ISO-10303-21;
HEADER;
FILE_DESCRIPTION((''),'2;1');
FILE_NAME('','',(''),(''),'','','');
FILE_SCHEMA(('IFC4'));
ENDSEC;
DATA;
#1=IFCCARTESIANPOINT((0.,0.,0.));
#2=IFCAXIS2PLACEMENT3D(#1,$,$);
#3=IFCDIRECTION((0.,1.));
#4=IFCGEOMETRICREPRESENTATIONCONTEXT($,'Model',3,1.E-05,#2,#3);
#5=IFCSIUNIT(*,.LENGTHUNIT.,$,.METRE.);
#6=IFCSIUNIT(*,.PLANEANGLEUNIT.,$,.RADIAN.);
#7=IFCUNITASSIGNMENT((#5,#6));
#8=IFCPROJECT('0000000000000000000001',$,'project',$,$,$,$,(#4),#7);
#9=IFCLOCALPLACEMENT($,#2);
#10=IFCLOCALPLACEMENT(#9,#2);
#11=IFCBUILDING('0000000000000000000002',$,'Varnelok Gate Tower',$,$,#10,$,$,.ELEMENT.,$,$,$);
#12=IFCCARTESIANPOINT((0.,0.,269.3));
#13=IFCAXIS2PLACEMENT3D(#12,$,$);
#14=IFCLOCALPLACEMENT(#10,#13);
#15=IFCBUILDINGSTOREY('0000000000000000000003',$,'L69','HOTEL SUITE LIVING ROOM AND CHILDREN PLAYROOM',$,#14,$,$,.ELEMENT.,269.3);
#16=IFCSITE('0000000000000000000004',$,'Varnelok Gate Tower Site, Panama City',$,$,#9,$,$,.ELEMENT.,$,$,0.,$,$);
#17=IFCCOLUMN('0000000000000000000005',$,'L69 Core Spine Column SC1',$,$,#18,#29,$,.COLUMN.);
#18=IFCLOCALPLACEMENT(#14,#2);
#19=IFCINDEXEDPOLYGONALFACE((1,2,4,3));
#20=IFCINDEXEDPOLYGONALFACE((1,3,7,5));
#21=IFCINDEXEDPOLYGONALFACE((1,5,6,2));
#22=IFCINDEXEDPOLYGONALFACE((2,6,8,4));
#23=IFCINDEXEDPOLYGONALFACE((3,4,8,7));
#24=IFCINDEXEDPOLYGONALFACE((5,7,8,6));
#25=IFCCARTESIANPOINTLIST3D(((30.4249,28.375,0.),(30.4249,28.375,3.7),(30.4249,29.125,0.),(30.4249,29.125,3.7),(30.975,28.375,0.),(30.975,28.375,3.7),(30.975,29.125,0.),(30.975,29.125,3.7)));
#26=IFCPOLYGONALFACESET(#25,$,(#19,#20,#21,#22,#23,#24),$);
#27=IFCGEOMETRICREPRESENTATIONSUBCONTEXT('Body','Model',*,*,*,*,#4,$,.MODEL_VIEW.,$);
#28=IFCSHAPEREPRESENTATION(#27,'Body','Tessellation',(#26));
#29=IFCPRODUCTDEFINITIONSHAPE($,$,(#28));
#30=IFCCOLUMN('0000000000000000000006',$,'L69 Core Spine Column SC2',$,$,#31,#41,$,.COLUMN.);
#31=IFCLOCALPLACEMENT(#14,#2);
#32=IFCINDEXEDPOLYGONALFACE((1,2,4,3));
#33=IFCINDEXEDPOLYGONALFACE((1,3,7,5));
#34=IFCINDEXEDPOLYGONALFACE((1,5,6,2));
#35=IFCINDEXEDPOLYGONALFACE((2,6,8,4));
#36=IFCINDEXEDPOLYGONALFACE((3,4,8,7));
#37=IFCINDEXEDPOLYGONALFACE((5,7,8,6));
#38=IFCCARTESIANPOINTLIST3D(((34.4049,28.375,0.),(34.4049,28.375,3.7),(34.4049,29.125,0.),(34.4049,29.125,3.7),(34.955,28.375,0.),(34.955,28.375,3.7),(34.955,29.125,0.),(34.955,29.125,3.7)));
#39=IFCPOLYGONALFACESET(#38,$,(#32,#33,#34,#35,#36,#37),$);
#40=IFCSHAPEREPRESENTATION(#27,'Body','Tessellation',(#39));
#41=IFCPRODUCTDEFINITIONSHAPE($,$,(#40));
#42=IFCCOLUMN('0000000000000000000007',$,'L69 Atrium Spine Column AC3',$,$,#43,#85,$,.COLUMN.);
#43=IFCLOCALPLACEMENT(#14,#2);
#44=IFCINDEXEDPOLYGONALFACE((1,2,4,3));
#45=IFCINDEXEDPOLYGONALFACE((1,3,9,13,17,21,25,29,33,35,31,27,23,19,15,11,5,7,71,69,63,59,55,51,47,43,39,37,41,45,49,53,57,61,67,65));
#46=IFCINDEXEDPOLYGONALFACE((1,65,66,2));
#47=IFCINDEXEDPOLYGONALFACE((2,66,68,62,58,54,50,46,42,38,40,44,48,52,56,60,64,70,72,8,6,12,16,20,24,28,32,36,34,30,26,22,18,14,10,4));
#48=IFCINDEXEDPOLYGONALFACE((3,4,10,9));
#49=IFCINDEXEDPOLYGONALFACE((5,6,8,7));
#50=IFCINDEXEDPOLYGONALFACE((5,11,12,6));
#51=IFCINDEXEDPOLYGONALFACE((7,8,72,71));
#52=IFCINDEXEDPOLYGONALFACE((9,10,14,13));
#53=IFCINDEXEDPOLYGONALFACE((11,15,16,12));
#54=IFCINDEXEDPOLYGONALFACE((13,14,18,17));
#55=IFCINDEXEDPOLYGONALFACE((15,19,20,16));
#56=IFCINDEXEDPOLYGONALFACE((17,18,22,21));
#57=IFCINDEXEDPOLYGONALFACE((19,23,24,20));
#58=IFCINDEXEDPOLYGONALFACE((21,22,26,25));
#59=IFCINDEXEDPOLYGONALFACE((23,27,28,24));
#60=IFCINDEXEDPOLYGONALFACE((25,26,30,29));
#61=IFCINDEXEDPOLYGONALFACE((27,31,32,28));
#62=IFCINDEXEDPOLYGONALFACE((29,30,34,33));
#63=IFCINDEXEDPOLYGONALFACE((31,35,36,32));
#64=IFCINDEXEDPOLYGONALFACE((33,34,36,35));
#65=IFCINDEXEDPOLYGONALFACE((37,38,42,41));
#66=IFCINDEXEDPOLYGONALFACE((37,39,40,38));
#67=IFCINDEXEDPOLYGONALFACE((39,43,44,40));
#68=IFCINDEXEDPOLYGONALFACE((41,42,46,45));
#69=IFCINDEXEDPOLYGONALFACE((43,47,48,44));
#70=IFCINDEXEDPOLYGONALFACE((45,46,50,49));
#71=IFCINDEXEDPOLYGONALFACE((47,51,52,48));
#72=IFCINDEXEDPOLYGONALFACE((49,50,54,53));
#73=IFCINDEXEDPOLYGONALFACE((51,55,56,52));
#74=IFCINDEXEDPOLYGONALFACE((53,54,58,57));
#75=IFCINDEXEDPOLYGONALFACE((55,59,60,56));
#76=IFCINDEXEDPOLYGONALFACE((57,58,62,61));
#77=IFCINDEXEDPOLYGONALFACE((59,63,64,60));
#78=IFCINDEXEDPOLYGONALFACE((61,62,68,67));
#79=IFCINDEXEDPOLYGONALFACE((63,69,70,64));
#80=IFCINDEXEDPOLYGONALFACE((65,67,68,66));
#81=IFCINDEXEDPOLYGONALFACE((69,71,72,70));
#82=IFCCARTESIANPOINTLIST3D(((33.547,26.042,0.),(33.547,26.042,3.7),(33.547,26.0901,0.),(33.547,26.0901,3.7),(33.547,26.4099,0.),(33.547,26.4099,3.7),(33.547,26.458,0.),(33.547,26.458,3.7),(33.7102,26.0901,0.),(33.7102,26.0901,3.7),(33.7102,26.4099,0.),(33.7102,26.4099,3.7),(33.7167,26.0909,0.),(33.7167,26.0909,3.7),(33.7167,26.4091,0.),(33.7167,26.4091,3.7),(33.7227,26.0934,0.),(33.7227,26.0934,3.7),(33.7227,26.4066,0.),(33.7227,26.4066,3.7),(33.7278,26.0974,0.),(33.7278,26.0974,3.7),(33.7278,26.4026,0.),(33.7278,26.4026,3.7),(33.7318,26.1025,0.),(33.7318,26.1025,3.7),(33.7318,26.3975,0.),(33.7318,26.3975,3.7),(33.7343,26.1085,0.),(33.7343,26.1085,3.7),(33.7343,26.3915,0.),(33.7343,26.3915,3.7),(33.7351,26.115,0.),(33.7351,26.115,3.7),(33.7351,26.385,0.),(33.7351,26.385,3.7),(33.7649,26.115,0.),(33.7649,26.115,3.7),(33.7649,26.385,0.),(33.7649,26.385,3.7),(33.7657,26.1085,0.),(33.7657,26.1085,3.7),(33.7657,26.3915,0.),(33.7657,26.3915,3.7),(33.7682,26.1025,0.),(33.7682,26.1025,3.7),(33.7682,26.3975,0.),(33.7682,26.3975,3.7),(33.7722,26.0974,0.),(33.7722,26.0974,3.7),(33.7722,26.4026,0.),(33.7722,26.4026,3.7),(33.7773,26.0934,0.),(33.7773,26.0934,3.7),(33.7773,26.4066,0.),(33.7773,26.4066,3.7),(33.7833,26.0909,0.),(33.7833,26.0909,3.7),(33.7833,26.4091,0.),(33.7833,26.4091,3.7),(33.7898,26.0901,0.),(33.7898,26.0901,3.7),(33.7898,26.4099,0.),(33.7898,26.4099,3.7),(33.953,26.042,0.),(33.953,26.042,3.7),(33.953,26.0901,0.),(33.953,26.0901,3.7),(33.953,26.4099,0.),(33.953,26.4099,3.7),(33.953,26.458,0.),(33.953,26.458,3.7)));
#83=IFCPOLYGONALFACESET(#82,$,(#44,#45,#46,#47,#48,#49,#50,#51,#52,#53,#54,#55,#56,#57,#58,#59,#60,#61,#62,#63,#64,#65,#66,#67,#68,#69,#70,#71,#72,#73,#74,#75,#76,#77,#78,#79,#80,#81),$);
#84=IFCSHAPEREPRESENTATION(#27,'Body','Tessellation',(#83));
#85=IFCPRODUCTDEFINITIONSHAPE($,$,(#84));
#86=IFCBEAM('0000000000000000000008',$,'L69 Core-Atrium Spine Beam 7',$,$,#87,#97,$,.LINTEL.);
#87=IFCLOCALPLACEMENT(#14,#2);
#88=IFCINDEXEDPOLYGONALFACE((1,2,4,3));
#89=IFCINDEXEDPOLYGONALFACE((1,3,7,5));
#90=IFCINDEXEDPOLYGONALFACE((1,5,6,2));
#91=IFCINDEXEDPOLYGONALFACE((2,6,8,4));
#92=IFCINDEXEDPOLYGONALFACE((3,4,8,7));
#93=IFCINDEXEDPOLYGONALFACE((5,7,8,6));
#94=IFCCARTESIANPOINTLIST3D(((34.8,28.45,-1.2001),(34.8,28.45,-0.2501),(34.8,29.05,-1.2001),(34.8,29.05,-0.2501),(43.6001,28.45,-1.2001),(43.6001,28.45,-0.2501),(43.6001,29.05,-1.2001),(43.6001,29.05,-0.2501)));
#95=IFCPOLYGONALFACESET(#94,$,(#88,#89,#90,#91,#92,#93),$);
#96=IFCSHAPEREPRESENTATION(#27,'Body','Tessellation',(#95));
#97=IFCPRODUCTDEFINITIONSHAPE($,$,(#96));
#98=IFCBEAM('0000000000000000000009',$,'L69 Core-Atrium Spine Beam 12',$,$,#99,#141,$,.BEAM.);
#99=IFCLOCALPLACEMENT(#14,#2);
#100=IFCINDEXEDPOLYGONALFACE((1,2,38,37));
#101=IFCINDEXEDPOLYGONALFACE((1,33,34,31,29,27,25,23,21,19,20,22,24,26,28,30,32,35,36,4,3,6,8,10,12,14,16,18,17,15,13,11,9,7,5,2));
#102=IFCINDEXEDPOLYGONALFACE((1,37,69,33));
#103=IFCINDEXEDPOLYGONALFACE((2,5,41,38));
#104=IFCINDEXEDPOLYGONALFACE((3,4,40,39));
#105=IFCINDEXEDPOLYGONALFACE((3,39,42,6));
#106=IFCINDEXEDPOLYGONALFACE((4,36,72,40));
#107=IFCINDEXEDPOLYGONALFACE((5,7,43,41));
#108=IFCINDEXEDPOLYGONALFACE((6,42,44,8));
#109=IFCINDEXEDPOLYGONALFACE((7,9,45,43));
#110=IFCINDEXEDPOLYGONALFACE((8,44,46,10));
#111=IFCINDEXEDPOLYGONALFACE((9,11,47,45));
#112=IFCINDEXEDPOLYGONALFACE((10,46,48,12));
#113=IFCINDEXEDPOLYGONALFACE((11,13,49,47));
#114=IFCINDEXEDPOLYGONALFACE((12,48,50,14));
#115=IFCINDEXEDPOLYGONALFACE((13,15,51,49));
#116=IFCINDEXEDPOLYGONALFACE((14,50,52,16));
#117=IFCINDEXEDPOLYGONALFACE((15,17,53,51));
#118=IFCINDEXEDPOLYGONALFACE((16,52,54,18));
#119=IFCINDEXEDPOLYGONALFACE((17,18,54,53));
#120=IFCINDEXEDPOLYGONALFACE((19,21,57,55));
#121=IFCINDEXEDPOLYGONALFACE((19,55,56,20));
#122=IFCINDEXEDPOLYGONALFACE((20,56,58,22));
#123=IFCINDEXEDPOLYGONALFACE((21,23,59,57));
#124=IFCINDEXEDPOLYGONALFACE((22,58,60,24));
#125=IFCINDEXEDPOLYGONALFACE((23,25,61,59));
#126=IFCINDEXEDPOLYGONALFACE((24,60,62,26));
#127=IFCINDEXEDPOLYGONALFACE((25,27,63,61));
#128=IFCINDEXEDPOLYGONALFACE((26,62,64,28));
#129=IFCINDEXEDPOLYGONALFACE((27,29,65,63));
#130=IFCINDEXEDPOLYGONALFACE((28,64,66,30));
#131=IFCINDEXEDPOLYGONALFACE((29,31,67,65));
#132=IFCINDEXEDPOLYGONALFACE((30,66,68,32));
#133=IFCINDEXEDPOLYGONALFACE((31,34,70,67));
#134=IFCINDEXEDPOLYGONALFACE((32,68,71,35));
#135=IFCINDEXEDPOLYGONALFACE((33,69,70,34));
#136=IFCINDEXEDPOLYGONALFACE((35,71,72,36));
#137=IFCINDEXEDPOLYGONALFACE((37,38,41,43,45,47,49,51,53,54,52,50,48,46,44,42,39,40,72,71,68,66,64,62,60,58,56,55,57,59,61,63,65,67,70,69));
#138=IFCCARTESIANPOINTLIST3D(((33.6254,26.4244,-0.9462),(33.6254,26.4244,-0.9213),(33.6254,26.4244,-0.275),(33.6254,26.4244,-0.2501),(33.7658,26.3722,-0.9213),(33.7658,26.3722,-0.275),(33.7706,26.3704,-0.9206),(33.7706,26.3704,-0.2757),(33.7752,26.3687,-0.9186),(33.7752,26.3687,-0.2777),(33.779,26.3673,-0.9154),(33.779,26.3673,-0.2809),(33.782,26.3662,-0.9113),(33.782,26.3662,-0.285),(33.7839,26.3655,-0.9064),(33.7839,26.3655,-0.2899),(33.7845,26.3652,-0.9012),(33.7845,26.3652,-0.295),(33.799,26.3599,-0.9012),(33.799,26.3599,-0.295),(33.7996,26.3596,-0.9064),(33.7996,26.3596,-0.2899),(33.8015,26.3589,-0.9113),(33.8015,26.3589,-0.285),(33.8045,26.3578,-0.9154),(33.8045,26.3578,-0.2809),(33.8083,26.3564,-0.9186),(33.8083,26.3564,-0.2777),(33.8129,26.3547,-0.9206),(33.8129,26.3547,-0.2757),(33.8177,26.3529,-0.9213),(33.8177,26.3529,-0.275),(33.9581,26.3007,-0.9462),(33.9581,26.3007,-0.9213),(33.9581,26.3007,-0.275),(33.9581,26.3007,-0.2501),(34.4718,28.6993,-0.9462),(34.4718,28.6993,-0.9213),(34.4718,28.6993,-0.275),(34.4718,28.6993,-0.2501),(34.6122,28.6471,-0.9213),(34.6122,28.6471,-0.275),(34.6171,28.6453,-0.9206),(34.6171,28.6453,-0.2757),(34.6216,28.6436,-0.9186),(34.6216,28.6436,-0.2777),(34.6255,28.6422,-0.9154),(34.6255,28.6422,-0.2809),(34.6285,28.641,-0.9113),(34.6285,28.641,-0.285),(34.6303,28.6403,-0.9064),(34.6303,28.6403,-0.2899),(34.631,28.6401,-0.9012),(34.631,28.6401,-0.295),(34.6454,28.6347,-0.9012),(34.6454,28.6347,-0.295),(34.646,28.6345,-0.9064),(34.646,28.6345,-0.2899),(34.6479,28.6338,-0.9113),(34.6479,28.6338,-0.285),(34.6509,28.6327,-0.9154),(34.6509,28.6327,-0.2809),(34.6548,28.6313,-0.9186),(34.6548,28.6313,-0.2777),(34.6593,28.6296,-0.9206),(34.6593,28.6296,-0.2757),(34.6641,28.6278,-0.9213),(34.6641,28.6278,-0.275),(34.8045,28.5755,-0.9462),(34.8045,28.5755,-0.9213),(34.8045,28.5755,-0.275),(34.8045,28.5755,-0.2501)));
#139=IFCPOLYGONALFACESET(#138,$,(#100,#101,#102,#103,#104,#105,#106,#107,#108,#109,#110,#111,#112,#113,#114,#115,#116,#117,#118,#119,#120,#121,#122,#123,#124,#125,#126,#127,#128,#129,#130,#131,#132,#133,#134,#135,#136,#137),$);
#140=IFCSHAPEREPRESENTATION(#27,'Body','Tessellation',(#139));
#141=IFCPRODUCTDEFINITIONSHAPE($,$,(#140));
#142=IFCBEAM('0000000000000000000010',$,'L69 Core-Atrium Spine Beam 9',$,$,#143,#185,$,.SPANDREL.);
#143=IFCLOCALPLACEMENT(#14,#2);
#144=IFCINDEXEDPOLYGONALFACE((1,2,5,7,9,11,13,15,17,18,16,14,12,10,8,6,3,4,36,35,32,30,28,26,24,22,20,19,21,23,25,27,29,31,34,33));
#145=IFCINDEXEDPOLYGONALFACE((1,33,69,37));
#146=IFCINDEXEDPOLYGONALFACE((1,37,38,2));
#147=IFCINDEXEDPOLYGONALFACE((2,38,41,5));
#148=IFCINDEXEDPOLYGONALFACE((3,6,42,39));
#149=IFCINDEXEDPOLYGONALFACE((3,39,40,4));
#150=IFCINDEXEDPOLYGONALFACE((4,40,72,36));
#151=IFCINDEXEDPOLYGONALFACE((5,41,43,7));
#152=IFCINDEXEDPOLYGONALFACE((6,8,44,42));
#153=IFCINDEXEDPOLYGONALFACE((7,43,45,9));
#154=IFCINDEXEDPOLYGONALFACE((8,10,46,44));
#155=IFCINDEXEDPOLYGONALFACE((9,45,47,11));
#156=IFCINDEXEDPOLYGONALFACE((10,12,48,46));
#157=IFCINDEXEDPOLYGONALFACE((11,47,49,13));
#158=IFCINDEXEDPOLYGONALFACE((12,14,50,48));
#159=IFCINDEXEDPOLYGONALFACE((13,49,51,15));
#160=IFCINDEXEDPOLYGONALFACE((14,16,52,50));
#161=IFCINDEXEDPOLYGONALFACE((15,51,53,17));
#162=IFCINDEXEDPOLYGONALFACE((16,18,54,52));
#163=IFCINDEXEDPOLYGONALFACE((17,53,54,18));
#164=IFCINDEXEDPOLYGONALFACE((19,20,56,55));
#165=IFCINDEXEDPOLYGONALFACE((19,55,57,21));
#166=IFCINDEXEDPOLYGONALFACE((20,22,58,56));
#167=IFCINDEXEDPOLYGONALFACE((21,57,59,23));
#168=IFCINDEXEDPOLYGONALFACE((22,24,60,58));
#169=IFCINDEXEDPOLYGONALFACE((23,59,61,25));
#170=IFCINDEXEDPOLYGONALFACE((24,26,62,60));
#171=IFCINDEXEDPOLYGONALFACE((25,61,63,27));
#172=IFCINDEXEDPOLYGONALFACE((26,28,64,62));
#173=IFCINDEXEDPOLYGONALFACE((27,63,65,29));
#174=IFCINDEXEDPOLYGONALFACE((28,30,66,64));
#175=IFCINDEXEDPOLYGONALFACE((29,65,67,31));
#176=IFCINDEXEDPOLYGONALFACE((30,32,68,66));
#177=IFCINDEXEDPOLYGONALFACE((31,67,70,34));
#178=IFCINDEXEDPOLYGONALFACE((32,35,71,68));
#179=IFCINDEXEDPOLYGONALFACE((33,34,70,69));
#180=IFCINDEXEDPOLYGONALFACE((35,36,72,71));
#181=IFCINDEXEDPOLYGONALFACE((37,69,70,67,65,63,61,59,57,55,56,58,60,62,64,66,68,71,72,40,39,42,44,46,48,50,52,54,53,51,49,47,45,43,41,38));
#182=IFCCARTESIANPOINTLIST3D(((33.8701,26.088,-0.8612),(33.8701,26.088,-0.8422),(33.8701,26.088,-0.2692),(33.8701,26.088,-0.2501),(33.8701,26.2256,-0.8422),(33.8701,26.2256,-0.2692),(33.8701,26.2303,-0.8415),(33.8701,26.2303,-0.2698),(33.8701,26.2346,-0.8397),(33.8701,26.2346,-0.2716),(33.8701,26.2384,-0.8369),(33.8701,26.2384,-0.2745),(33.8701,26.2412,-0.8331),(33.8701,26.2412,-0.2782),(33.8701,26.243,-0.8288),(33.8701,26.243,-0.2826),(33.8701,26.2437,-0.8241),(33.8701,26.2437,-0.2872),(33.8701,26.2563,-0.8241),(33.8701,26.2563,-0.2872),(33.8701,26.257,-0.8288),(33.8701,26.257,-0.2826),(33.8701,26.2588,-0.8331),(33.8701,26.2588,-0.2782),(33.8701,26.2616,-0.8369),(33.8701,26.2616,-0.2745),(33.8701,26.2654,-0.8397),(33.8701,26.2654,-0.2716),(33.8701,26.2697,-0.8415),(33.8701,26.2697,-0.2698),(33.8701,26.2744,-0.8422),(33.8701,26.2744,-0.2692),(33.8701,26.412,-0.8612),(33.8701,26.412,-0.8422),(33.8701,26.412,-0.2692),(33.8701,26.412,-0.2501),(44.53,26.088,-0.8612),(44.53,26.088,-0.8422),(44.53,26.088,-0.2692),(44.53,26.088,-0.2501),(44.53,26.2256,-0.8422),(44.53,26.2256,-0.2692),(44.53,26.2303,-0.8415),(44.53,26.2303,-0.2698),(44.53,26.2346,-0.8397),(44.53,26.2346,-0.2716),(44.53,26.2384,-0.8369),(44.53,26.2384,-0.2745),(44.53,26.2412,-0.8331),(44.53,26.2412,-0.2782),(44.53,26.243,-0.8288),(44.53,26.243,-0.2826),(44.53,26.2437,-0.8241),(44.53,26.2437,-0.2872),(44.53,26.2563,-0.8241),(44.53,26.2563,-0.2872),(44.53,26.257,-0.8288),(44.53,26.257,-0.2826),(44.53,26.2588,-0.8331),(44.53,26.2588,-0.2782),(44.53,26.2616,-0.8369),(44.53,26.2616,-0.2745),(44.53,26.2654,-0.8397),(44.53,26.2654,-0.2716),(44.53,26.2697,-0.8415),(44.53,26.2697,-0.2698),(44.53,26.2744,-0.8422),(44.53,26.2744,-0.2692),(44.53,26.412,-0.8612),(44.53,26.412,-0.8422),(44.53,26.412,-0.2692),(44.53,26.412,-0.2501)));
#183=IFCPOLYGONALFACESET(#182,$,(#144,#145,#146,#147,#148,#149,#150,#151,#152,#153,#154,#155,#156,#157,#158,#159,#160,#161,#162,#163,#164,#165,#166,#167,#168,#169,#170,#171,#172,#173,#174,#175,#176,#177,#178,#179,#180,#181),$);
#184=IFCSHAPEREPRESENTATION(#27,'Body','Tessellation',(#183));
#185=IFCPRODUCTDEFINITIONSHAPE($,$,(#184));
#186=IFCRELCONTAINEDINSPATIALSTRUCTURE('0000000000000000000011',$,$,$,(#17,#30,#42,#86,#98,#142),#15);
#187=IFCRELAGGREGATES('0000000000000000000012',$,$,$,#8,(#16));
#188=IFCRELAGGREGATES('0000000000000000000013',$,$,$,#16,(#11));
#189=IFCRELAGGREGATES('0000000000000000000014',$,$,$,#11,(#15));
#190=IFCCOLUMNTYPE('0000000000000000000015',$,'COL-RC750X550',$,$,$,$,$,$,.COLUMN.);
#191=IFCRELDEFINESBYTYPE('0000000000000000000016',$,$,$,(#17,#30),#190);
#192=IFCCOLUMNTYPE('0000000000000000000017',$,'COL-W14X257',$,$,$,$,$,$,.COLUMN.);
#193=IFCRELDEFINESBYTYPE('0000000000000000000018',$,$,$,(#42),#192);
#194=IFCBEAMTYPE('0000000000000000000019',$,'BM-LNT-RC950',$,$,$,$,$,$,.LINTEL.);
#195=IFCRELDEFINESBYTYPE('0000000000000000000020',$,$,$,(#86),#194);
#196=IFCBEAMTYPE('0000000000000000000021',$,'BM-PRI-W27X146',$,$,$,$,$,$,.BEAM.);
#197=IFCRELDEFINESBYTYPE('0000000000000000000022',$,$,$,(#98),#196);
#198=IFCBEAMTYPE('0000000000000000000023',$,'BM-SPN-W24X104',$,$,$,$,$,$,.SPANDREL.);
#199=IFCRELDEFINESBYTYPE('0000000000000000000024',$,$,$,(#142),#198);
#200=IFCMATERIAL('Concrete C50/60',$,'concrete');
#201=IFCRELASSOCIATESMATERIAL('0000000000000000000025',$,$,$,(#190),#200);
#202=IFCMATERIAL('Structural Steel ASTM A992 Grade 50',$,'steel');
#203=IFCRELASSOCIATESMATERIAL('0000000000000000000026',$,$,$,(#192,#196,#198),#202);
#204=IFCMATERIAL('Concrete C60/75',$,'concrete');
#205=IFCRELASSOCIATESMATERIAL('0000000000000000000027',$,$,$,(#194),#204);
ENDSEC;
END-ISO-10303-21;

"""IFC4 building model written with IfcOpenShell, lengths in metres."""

from ifc_helpers import new_model, si_unit, direction, frame, origin, origin_2d, place, context, subcontext, project, spatial, rectangle, i_section, extrude, material, material_profile, profile_set, type_object, element, save


model = new_model("IFC4")

# Units and contexts
model_context = context("Model", 3, precision=1e-05, world=origin(), true_north=direction((0.0, 1.0)))
body_context = subcontext(model_context, "Body", "Model", "MODEL_VIEW")
ifc_project = project(units=[si_unit("LENGTHUNIT", "METRE"), si_unit("PLANEANGLEUNIT", "RADIAN")], contexts=[model_context])

# Site, building, storey
site_placement = place(None, origin())
site = spatial("IfcSite", under=ifc_project, at=site_placement, Name="Varnelok Gate Tower Site, Panama City", CompositionType="ELEMENT", RefElevation=0.0)
building_placement = place(site_placement, origin())
building = spatial("IfcBuilding", under=site, at=building_placement, Name="Varnelok Gate Tower", CompositionType="ELEMENT")
storey_placement = place(building_placement, frame((0.0, 0.0, 269.3)))
storey = spatial("IfcBuildingStorey", under=building, at=storey_placement, Name="L69", Description="HOTEL SUITE LIVING ROOM AND CHILDREN PLAYROOM", CompositionType="ELEMENT", Elevation=269.3)

# Columns
ifc_material_1 = material(Name="Concrete C50/60", Category="concrete")
ifc_material_profile_1 = material_profile(ifc_material_1, rectangle(XDim=0.55, YDim=0.75, at=origin_2d()), Name="RC750X550")
ifc_profile_set_1 = profile_set([ifc_material_profile_1], Name="Concrete C50/60")
column_type_1 = type_object("IfcColumnType", Name="COL-RC750X550", PredefinedType="COLUMN", material=ifc_profile_set_1)
for number, where, z_axis, x_axis, name in (
    (1, (30.7, 28.75, 0.0), (0.0, 0.0, 1.0), (1.0, 0.0, 0.0), "L69 Core Spine Column SC1"),
    (2, (34.6799, 28.75, 0.0), (0.0, 0.0, 1.0), (1.0, 0.0, 0.0), "L69 Core Spine Column SC2"),
):
    element("IfcColumn", number, at=place(storey_placement, frame(where, z_axis=z_axis, x_axis=x_axis)), inside=storey, type_object=column_type_1, Name=name, PredefinedType="COLUMN", context=body_context, shape_type="SweptSolid", body=[
        extrude(rectangle(XDim=0.55, YDim=0.75, at=origin_2d()), origin(), (0.0, 0.0, 1.0), 3.7),
    ])
ifc_material_2 = material(Name="Structural Steel ASTM A992 Grade 50", Category="steel")
ifc_material_profile_2 = material_profile(ifc_material_2, i_section(OverallWidth=0.406, OverallDepth=0.416, WebThickness=0.0298, FlangeThickness=0.0481, FilletRadius=0.0249, at=origin_2d()), Name="W14X257")
ifc_profile_set_2 = profile_set([ifc_material_profile_2], Name="Structural Steel ASTM A992 Grade 50")
column_type_2 = type_object("IfcColumnType", Name="COL-W14X257", PredefinedType="COLUMN", material=ifc_profile_set_2)
column_placement = place(storey_placement, frame((33.75, 26.25, 0.0), z_axis=(0.0, 0.0, 1.0), x_axis=(1.0, 0.0, 0.0)))
element("IfcColumn", 3, at=column_placement, inside=storey, type_object=column_type_2, Name="L69 Atrium Spine Column AC3", PredefinedType="COLUMN", context=body_context, shape_type="SweptSolid", body=[
    extrude(i_section(OverallWidth=0.406, OverallDepth=0.416, WebThickness=0.0298, FlangeThickness=0.0481, FilletRadius=0.0249, at=origin_2d()), origin(), (0.0, 0.0, 1.0), 3.7),
])

# Beams
ifc_material_3 = material(Name="Concrete C60/75", Category="concrete")
ifc_material_profile_3 = material_profile(ifc_material_3, rectangle(XDim=0.6001, YDim=0.95, at=origin_2d()), Name="RC950X600")
ifc_profile_set_3 = profile_set([ifc_material_profile_3], Name="Concrete C60/75")
beam_type_1 = type_object("IfcBeamType", Name="BM-LNT-RC950", PredefinedType="LINTEL", material=ifc_profile_set_3)
beam_1_placement = place(storey_placement, frame((34.8, 28.75, -0.7251), z_axis=(1.0, 0.0, 0.0), x_axis=(0.0, 1.0, 0.0)))
element("IfcBeam", 4, at=beam_1_placement, inside=storey, type_object=beam_type_1, Name="L69 Core-Atrium Spine Beam 7", PredefinedType="LINTEL", context=body_context, shape_type="SweptSolid", body=[
    extrude(rectangle(XDim=0.6001, YDim=0.95, at=origin_2d()), origin(), (0.0, 0.0, 1.0), 8.8),
])
ifc_material_profile_4 = material_profile(ifc_material_2, i_section(OverallWidth=0.355, OverallDepth=0.696, WebThickness=0.0154, FlangeThickness=0.0249, FilletRadius=0.02, at=origin_2d()), Name="W27X146")
ifc_profile_set_4 = profile_set([ifc_material_profile_4], Name="Structural Steel ASTM A992 Grade 50")
beam_type_2 = type_object("IfcBeamType", Name="BM-PRI-W27X146", PredefinedType="BEAM", material=ifc_profile_set_4)
beam_2_placement = place(storey_placement, frame((33.7917, 26.3625, -0.5981), z_axis=(0.348719, 0.937227, 0.0), x_axis=(-0.937227, 0.348719, 0.0)))
element("IfcBeam", 5, at=beam_2_placement, inside=storey, type_object=beam_type_2, Name="L69 Core-Atrium Spine Beam 12", PredefinedType="BEAM", context=body_context, shape_type="SweptSolid", body=[
    extrude(i_section(OverallWidth=0.355, OverallDepth=0.696, WebThickness=0.0154, FlangeThickness=0.0249, FilletRadius=0.02, at=origin_2d()), origin(), (0.0, 0.0, 1.0), 2.4272),
])
ifc_material_profile_5 = material_profile(ifc_material_2, i_section(OverallWidth=0.324, OverallDepth=0.6111, WebThickness=0.0127, FlangeThickness=0.019, FilletRadius=0.0181, at=origin_2d()), Name="W24X104")
ifc_profile_set_5 = profile_set([ifc_material_profile_5], Name="Structural Steel ASTM A992 Grade 50")
beam_type_3 = type_object("IfcBeamType", Name="BM-SPN-W24X104", PredefinedType="SPANDREL", material=ifc_profile_set_5)
beam_3_placement = place(storey_placement, frame((33.8701, 26.25, -0.5557), z_axis=(1.0, 0.0, 0.0), x_axis=(0.0, 1.0, 0.0)))
element("IfcBeam", 6, at=beam_3_placement, inside=storey, type_object=beam_type_3, Name="L69 Core-Atrium Spine Beam 9", PredefinedType="SPANDREL", context=body_context, shape_type="SweptSolid", body=[
    extrude(i_section(OverallWidth=0.324, OverallDepth=0.6111, WebThickness=0.0127, FlangeThickness=0.019, FilletRadius=0.0181, at=origin_2d()), origin(), (0.0, 0.0, 1.0), 10.6599),
])

save(model, "model.ifc")
